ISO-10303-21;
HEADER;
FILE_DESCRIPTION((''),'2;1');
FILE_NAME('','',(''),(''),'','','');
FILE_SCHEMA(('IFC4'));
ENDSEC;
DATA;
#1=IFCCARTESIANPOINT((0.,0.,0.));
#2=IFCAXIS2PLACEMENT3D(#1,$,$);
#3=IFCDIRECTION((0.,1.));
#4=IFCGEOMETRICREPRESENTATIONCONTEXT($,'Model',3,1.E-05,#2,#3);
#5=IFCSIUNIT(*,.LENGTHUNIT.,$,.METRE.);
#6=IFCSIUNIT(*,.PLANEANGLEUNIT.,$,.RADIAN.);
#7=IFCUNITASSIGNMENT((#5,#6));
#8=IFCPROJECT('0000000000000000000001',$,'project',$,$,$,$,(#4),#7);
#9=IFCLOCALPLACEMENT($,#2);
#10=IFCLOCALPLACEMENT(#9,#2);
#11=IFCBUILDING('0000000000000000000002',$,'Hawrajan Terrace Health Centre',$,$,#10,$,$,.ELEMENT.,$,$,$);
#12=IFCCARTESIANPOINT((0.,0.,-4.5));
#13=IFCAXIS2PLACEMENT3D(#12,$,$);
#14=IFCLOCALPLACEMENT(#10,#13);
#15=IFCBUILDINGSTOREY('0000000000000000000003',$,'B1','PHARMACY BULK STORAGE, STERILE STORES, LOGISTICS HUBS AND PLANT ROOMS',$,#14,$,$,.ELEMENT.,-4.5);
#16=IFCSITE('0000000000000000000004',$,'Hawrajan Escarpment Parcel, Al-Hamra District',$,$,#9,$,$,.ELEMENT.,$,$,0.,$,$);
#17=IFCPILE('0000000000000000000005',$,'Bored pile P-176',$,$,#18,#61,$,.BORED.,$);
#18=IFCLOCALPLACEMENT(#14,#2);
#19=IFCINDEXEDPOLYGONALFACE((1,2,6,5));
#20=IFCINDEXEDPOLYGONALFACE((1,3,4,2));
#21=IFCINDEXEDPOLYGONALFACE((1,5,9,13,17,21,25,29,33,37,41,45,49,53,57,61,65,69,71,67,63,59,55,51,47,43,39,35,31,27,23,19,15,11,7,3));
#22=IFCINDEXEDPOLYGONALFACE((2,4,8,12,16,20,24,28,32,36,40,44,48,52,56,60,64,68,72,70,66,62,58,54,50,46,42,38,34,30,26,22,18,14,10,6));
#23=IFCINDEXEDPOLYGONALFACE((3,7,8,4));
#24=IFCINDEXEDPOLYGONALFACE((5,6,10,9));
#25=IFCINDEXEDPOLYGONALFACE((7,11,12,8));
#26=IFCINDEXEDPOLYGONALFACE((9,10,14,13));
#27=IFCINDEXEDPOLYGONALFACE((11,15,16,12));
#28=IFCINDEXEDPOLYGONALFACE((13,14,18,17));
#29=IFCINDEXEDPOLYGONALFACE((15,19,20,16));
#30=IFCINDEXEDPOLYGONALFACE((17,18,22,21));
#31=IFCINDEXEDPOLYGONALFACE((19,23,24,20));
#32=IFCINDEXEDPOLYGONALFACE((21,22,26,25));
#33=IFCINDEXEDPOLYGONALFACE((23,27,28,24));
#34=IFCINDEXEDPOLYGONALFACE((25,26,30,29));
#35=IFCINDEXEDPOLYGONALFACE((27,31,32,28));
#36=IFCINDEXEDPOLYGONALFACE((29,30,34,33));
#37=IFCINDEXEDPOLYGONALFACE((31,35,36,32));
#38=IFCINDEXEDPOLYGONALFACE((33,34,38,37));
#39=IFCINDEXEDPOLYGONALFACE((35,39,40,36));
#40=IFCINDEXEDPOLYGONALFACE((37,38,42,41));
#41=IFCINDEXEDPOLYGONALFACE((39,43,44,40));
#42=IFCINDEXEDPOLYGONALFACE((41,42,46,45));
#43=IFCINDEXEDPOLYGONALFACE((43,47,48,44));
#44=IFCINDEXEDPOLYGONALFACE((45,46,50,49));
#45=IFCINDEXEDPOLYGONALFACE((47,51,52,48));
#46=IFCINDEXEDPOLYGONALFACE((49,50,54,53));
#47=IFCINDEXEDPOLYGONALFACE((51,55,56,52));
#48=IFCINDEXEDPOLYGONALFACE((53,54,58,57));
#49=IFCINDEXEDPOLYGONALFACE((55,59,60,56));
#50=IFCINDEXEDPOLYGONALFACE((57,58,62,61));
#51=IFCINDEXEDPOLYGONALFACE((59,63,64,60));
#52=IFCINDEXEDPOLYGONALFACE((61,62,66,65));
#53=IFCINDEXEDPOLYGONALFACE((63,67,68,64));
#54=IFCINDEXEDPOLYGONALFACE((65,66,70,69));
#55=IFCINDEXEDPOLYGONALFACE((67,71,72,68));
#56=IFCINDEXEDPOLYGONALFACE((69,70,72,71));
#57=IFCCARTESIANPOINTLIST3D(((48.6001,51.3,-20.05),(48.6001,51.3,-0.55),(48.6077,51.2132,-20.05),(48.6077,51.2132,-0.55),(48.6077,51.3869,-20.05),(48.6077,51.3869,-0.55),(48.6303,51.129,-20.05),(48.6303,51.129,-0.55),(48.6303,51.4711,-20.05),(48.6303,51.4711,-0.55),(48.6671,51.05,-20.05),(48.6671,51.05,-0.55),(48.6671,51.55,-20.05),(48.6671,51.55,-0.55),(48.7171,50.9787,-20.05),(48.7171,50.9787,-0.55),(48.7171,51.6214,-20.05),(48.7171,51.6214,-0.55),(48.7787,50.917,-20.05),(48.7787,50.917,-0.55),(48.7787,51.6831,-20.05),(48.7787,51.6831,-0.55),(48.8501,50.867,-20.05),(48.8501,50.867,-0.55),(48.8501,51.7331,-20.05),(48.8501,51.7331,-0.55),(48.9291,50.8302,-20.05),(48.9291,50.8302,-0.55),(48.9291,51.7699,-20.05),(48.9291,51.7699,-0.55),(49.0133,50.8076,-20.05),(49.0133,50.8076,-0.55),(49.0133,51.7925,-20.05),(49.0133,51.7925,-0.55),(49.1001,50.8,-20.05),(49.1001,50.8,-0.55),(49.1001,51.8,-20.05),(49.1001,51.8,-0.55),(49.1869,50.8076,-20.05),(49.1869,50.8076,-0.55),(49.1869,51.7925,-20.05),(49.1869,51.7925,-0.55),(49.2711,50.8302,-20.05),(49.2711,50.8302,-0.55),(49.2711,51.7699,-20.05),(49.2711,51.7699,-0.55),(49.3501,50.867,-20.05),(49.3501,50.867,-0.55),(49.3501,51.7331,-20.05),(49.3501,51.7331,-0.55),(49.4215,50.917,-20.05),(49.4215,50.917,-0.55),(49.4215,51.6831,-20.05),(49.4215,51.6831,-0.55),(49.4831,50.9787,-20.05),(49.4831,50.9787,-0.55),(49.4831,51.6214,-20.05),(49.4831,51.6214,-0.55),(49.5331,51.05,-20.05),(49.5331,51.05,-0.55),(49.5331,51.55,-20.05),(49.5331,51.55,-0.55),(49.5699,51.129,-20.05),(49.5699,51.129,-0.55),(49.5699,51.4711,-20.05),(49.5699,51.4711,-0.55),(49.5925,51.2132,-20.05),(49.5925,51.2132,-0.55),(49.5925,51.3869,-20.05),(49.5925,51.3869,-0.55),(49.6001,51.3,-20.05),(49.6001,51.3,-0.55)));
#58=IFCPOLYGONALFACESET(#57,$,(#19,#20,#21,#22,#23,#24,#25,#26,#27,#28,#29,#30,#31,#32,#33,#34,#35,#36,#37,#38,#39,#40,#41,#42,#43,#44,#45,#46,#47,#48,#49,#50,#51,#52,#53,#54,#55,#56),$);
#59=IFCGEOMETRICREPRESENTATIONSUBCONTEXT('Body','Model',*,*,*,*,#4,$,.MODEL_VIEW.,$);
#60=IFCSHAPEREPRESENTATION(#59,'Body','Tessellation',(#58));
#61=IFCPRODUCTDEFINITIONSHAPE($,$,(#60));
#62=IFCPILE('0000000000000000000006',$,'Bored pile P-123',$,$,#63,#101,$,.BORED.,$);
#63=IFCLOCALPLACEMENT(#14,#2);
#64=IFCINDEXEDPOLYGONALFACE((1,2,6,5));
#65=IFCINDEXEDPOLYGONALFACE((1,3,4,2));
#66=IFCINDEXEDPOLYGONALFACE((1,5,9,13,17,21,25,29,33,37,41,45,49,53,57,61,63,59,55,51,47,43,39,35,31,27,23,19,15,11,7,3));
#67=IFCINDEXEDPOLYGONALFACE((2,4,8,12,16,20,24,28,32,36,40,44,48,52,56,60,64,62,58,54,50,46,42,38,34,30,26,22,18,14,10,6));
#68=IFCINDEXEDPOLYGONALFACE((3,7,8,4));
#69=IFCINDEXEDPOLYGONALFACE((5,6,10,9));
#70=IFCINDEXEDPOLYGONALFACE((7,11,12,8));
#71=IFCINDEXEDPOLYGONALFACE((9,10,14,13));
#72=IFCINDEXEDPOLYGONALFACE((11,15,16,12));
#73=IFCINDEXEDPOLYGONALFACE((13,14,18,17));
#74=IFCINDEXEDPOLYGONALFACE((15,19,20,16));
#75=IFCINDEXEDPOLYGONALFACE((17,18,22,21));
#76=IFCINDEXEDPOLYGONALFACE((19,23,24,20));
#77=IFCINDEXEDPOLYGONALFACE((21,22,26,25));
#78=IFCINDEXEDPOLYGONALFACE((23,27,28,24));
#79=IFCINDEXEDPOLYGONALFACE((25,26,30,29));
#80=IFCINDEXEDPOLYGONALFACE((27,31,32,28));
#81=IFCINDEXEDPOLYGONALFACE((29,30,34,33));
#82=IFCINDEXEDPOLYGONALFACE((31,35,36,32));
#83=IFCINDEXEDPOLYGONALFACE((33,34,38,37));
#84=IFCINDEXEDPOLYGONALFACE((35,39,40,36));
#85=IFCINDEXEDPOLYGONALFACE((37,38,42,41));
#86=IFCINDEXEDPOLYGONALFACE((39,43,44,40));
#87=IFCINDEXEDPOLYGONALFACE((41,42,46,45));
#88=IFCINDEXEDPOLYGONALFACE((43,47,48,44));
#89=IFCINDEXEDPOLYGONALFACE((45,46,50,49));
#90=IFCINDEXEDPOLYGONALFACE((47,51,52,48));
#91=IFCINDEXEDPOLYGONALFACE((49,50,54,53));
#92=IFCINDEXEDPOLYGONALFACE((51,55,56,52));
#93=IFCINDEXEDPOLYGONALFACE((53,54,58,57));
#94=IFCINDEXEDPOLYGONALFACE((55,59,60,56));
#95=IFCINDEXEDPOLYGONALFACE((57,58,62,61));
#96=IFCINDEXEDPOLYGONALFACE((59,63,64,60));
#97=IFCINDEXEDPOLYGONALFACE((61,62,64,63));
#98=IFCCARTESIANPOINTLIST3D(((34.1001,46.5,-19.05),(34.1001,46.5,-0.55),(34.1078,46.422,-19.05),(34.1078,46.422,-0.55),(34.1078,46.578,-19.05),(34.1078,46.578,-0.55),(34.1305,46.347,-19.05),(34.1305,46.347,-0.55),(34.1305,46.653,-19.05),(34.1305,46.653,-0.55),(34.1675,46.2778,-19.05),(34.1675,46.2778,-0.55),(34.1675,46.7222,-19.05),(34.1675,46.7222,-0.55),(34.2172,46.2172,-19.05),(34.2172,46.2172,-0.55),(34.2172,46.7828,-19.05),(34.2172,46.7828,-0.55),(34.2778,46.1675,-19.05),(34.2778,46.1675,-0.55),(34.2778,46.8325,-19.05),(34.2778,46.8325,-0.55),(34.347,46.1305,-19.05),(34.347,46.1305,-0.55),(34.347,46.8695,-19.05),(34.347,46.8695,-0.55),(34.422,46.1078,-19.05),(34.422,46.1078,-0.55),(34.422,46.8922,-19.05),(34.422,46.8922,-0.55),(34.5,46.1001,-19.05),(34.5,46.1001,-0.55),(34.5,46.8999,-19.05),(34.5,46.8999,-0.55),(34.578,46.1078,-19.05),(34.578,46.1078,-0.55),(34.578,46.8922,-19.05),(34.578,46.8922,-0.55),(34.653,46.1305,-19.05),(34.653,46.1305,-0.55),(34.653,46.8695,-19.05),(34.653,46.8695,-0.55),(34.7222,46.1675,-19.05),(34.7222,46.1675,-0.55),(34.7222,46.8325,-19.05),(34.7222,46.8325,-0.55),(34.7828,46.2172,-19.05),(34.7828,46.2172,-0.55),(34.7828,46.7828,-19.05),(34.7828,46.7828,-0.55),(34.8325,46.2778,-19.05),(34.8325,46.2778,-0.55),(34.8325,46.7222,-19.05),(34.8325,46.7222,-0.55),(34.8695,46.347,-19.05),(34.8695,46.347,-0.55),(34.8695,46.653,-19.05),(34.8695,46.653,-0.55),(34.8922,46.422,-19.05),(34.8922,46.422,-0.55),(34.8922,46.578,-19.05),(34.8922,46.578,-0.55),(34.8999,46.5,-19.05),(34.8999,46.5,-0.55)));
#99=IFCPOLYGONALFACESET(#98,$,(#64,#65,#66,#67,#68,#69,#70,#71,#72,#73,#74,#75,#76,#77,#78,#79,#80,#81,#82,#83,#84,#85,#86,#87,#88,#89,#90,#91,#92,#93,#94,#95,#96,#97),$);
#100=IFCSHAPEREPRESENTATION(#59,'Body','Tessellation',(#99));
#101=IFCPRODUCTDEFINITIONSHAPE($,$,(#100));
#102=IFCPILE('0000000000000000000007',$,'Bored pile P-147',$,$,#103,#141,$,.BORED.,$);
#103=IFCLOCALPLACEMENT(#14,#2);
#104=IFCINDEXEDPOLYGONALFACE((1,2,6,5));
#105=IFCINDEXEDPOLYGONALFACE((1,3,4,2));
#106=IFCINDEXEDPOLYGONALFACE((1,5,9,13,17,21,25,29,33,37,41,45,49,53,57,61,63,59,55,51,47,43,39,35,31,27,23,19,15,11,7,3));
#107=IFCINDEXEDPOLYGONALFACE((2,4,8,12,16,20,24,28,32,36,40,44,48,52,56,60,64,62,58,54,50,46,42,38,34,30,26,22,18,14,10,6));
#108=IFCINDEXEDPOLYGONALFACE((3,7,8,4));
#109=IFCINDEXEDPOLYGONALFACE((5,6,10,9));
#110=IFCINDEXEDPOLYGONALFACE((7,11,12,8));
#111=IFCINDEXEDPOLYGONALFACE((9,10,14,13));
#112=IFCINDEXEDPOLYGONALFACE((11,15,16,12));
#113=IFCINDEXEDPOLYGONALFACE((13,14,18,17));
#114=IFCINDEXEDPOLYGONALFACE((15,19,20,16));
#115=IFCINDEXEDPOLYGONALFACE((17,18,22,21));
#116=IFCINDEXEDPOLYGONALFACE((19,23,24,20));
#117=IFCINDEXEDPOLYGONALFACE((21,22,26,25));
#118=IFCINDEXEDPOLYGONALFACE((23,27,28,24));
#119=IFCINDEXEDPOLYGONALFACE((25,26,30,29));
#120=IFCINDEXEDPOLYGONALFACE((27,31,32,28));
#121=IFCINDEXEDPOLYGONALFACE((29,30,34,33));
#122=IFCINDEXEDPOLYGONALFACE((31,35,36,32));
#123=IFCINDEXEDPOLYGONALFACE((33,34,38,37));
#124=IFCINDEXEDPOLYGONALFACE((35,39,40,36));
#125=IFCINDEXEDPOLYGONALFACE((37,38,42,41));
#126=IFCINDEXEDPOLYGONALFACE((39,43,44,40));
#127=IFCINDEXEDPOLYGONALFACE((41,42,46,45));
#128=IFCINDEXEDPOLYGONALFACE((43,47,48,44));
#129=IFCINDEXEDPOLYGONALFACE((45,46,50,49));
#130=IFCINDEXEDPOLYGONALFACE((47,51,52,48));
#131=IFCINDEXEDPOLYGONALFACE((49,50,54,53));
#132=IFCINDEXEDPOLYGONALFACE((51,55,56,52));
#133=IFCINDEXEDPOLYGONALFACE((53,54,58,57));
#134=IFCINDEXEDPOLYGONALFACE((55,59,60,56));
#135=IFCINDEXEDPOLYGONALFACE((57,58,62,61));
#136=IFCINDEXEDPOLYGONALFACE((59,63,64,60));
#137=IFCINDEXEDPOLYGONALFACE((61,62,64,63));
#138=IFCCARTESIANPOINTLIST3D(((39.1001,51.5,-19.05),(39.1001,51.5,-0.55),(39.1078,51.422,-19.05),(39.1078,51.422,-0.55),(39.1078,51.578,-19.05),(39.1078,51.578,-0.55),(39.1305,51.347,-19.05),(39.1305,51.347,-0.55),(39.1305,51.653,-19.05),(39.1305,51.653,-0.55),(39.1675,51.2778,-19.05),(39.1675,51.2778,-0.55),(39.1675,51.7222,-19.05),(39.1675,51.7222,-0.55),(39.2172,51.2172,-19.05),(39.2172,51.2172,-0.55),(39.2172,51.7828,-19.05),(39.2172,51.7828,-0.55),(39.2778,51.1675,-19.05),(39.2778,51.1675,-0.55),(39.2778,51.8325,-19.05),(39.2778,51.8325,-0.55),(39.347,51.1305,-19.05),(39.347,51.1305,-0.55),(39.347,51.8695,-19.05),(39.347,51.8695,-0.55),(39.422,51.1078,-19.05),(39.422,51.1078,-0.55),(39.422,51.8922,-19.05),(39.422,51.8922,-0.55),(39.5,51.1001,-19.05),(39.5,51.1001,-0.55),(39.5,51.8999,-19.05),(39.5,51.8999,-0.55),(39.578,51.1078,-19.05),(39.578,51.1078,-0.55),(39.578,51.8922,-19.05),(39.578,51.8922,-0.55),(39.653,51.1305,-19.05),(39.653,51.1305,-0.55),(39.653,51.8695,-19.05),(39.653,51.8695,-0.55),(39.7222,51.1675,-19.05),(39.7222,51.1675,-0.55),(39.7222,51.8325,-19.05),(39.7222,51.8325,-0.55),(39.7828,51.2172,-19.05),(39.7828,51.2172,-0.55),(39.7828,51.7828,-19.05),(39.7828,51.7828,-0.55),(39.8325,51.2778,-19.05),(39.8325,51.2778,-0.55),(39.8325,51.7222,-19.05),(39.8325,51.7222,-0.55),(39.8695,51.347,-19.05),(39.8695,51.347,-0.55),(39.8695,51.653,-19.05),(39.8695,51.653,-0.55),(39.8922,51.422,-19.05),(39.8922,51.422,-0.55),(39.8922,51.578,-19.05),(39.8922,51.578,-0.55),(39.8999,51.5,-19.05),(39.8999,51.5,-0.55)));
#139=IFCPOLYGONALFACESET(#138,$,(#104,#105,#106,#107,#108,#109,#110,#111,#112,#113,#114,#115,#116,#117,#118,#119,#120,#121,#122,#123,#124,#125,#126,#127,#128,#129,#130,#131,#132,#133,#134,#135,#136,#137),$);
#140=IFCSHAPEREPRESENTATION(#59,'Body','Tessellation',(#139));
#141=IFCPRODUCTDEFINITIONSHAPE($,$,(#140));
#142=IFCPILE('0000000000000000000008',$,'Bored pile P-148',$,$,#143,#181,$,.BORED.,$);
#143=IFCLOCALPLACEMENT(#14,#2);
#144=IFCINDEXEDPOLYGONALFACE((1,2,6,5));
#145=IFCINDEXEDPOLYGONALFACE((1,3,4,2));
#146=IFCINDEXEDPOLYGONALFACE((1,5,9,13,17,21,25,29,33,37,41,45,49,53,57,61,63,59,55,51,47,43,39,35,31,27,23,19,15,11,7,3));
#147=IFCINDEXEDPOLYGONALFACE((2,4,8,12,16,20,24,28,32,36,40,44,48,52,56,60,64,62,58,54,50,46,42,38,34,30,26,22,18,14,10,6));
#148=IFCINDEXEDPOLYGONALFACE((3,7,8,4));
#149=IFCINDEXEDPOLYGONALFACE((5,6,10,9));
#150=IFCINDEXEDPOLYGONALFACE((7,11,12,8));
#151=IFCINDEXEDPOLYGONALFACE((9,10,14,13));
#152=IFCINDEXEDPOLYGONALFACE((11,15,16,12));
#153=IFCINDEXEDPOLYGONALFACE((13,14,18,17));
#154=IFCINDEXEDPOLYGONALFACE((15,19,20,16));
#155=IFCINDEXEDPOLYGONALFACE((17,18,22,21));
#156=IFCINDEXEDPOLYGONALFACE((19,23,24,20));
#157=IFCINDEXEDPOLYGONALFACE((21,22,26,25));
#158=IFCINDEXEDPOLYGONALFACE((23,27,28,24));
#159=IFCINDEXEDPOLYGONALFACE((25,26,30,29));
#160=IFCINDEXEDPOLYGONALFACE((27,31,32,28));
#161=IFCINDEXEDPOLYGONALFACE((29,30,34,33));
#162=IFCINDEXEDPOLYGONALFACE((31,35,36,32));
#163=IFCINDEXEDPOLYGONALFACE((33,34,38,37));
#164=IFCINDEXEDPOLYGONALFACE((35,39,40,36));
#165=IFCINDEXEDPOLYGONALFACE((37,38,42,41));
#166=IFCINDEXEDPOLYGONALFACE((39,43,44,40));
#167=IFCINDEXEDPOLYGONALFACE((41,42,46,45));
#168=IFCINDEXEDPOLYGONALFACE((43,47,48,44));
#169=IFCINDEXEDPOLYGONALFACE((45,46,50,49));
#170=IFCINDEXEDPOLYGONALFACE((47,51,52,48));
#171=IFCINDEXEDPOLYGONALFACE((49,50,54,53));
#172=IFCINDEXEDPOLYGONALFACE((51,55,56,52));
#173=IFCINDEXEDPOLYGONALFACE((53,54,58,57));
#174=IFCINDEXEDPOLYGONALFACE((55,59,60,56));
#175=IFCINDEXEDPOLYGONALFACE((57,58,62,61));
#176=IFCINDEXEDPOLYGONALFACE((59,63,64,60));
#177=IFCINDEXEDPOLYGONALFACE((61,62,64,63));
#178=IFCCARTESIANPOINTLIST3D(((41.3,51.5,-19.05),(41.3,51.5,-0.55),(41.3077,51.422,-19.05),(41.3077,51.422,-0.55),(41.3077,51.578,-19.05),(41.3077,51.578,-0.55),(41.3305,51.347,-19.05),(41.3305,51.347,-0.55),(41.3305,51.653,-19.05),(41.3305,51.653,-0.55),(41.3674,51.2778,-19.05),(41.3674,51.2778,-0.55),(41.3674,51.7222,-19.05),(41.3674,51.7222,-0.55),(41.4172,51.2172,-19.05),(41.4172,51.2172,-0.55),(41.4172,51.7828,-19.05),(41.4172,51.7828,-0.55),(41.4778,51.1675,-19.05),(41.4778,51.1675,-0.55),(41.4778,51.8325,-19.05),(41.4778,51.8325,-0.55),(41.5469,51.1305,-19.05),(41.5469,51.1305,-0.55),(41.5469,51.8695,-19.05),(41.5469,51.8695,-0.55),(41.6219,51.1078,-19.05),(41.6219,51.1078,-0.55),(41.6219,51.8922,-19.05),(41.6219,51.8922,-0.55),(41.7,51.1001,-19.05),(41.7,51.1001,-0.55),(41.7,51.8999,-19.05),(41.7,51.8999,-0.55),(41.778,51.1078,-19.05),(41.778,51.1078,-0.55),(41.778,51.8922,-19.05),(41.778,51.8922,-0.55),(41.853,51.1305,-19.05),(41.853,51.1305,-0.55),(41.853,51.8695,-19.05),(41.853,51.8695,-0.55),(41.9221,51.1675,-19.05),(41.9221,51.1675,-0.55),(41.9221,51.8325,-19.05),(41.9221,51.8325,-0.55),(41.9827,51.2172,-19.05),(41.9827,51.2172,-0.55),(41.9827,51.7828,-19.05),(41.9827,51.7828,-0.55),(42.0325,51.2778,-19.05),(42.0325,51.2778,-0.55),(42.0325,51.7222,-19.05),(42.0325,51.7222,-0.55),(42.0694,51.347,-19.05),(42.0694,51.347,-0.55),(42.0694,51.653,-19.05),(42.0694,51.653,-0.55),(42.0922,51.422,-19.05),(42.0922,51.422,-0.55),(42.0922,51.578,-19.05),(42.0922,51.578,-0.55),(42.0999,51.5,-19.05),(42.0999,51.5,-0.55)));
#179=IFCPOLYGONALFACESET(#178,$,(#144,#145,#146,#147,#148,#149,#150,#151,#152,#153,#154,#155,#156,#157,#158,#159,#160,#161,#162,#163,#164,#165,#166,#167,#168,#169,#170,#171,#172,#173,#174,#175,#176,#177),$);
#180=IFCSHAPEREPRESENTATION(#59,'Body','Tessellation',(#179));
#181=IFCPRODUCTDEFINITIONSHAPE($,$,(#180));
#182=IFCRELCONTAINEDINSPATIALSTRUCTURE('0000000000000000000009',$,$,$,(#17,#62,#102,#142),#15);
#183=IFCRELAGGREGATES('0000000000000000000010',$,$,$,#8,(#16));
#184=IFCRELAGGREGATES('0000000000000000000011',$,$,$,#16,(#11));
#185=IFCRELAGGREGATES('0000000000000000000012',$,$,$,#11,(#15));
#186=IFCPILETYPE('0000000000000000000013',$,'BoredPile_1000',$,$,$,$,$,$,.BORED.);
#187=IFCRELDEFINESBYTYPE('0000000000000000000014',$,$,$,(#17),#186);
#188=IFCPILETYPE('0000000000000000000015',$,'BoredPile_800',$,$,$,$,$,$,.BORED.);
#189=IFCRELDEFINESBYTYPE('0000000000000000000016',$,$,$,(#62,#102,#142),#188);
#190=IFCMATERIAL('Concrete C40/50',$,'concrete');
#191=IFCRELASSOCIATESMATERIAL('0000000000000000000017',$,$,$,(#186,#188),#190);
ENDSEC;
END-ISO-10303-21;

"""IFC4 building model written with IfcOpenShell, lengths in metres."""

from ifc_helpers import new_model, si_unit, direction, frame, origin, origin_2d, place, context, subcontext, project, spatial, circle, extrude, material, material_profile, profile_set, type_object, element, save


model = new_model("IFC4")

# Units and contexts
model_context = context("Model", 3, precision=1e-05, world=origin(), true_north=direction((0.0, 1.0)))
body_context = subcontext(model_context, "Body", "Model", "MODEL_VIEW")
ifc_project = project(units=[si_unit("LENGTHUNIT", "METRE"), si_unit("PLANEANGLEUNIT", "RADIAN")], contexts=[model_context])

# Site, building, storey
site_placement = place(None, origin())
site = spatial("IfcSite", under=ifc_project, at=site_placement, Name="Hawrajan Escarpment Parcel, Al-Hamra District", CompositionType="ELEMENT", RefElevation=0.0)
building_placement = place(site_placement, origin())
building = spatial("IfcBuilding", under=site, at=building_placement, Name="Hawrajan Terrace Health Centre", CompositionType="ELEMENT")
storey_placement = place(building_placement, frame((0.0, 0.0, -4.5)))
storey = spatial("IfcBuildingStorey", under=building, at=storey_placement, Name="B1", Description="PHARMACY BULK STORAGE, STERILE STORES, LOGISTICS HUBS AND PLANT ROOMS", CompositionType="ELEMENT", Elevation=-4.5)

# Piles
ifc_material_1 = material(Name="Concrete C40/50", Category="concrete")
ifc_material_profile_1 = material_profile(ifc_material_1, circle(Radius=0.5, at=origin_2d()), Name="BP 1000")
ifc_profile_set_1 = profile_set([ifc_material_profile_1], Name="Concrete C40/50")
pile_type_1 = type_object("IfcPileType", Name="BoredPile_1000", PredefinedType="BORED", material=ifc_profile_set_1)
for number, where, z_axis, x_axis, name in (
    (1, (49.1001, 51.3, -0.55), (0.0, 0.0, -1.0), (1.0, 0.0, 0.0), "Bored pile P-176"),
):
    element("IfcPile", number, at=place(storey_placement, frame(where, z_axis=z_axis, x_axis=x_axis)), inside=storey, type_object=pile_type_1, Name=name, PredefinedType="BORED", context=body_context, shape_type="SweptSolid", body=[
        extrude(circle(Radius=0.5, at=origin_2d()), origin(), (0.0, 0.0, 1.0), 19.5),
    ])
ifc_material_profile_2 = material_profile(ifc_material_1, circle(Radius=0.3999, at=origin_2d()), Name="BP 800")
ifc_profile_set_2 = profile_set([ifc_material_profile_2], Name="Concrete C40/50")
pile_type_2 = type_object("IfcPileType", Name="BoredPile_800", PredefinedType="BORED", material=ifc_profile_set_2)
for number, where, z_axis, x_axis, name in (
    (2, (34.5, 46.5, -0.55), (0.0, 0.0, -1.0), (1.0, 0.0, 0.0), "Bored pile P-123"),
    (3, (39.5, 51.5, -0.55), (0.0, 0.0, -1.0), (1.0, 0.0, 0.0), "Bored pile P-147"),
    (4, (41.7, 51.5, -0.55), (0.0, 0.0, -1.0), (1.0, 0.0, 0.0), "Bored pile P-148"),
):
    element("IfcPile", number, at=place(storey_placement, frame(where, z_axis=z_axis, x_axis=x_axis)), inside=storey, type_object=pile_type_2, Name=name, PredefinedType="BORED", context=body_context, shape_type="SweptSolid", body=[
        extrude(circle(Radius=0.3999, at=origin_2d()), origin(), (0.0, 0.0, 1.0), 18.5),
    ])

save(model, "model.ifc")
